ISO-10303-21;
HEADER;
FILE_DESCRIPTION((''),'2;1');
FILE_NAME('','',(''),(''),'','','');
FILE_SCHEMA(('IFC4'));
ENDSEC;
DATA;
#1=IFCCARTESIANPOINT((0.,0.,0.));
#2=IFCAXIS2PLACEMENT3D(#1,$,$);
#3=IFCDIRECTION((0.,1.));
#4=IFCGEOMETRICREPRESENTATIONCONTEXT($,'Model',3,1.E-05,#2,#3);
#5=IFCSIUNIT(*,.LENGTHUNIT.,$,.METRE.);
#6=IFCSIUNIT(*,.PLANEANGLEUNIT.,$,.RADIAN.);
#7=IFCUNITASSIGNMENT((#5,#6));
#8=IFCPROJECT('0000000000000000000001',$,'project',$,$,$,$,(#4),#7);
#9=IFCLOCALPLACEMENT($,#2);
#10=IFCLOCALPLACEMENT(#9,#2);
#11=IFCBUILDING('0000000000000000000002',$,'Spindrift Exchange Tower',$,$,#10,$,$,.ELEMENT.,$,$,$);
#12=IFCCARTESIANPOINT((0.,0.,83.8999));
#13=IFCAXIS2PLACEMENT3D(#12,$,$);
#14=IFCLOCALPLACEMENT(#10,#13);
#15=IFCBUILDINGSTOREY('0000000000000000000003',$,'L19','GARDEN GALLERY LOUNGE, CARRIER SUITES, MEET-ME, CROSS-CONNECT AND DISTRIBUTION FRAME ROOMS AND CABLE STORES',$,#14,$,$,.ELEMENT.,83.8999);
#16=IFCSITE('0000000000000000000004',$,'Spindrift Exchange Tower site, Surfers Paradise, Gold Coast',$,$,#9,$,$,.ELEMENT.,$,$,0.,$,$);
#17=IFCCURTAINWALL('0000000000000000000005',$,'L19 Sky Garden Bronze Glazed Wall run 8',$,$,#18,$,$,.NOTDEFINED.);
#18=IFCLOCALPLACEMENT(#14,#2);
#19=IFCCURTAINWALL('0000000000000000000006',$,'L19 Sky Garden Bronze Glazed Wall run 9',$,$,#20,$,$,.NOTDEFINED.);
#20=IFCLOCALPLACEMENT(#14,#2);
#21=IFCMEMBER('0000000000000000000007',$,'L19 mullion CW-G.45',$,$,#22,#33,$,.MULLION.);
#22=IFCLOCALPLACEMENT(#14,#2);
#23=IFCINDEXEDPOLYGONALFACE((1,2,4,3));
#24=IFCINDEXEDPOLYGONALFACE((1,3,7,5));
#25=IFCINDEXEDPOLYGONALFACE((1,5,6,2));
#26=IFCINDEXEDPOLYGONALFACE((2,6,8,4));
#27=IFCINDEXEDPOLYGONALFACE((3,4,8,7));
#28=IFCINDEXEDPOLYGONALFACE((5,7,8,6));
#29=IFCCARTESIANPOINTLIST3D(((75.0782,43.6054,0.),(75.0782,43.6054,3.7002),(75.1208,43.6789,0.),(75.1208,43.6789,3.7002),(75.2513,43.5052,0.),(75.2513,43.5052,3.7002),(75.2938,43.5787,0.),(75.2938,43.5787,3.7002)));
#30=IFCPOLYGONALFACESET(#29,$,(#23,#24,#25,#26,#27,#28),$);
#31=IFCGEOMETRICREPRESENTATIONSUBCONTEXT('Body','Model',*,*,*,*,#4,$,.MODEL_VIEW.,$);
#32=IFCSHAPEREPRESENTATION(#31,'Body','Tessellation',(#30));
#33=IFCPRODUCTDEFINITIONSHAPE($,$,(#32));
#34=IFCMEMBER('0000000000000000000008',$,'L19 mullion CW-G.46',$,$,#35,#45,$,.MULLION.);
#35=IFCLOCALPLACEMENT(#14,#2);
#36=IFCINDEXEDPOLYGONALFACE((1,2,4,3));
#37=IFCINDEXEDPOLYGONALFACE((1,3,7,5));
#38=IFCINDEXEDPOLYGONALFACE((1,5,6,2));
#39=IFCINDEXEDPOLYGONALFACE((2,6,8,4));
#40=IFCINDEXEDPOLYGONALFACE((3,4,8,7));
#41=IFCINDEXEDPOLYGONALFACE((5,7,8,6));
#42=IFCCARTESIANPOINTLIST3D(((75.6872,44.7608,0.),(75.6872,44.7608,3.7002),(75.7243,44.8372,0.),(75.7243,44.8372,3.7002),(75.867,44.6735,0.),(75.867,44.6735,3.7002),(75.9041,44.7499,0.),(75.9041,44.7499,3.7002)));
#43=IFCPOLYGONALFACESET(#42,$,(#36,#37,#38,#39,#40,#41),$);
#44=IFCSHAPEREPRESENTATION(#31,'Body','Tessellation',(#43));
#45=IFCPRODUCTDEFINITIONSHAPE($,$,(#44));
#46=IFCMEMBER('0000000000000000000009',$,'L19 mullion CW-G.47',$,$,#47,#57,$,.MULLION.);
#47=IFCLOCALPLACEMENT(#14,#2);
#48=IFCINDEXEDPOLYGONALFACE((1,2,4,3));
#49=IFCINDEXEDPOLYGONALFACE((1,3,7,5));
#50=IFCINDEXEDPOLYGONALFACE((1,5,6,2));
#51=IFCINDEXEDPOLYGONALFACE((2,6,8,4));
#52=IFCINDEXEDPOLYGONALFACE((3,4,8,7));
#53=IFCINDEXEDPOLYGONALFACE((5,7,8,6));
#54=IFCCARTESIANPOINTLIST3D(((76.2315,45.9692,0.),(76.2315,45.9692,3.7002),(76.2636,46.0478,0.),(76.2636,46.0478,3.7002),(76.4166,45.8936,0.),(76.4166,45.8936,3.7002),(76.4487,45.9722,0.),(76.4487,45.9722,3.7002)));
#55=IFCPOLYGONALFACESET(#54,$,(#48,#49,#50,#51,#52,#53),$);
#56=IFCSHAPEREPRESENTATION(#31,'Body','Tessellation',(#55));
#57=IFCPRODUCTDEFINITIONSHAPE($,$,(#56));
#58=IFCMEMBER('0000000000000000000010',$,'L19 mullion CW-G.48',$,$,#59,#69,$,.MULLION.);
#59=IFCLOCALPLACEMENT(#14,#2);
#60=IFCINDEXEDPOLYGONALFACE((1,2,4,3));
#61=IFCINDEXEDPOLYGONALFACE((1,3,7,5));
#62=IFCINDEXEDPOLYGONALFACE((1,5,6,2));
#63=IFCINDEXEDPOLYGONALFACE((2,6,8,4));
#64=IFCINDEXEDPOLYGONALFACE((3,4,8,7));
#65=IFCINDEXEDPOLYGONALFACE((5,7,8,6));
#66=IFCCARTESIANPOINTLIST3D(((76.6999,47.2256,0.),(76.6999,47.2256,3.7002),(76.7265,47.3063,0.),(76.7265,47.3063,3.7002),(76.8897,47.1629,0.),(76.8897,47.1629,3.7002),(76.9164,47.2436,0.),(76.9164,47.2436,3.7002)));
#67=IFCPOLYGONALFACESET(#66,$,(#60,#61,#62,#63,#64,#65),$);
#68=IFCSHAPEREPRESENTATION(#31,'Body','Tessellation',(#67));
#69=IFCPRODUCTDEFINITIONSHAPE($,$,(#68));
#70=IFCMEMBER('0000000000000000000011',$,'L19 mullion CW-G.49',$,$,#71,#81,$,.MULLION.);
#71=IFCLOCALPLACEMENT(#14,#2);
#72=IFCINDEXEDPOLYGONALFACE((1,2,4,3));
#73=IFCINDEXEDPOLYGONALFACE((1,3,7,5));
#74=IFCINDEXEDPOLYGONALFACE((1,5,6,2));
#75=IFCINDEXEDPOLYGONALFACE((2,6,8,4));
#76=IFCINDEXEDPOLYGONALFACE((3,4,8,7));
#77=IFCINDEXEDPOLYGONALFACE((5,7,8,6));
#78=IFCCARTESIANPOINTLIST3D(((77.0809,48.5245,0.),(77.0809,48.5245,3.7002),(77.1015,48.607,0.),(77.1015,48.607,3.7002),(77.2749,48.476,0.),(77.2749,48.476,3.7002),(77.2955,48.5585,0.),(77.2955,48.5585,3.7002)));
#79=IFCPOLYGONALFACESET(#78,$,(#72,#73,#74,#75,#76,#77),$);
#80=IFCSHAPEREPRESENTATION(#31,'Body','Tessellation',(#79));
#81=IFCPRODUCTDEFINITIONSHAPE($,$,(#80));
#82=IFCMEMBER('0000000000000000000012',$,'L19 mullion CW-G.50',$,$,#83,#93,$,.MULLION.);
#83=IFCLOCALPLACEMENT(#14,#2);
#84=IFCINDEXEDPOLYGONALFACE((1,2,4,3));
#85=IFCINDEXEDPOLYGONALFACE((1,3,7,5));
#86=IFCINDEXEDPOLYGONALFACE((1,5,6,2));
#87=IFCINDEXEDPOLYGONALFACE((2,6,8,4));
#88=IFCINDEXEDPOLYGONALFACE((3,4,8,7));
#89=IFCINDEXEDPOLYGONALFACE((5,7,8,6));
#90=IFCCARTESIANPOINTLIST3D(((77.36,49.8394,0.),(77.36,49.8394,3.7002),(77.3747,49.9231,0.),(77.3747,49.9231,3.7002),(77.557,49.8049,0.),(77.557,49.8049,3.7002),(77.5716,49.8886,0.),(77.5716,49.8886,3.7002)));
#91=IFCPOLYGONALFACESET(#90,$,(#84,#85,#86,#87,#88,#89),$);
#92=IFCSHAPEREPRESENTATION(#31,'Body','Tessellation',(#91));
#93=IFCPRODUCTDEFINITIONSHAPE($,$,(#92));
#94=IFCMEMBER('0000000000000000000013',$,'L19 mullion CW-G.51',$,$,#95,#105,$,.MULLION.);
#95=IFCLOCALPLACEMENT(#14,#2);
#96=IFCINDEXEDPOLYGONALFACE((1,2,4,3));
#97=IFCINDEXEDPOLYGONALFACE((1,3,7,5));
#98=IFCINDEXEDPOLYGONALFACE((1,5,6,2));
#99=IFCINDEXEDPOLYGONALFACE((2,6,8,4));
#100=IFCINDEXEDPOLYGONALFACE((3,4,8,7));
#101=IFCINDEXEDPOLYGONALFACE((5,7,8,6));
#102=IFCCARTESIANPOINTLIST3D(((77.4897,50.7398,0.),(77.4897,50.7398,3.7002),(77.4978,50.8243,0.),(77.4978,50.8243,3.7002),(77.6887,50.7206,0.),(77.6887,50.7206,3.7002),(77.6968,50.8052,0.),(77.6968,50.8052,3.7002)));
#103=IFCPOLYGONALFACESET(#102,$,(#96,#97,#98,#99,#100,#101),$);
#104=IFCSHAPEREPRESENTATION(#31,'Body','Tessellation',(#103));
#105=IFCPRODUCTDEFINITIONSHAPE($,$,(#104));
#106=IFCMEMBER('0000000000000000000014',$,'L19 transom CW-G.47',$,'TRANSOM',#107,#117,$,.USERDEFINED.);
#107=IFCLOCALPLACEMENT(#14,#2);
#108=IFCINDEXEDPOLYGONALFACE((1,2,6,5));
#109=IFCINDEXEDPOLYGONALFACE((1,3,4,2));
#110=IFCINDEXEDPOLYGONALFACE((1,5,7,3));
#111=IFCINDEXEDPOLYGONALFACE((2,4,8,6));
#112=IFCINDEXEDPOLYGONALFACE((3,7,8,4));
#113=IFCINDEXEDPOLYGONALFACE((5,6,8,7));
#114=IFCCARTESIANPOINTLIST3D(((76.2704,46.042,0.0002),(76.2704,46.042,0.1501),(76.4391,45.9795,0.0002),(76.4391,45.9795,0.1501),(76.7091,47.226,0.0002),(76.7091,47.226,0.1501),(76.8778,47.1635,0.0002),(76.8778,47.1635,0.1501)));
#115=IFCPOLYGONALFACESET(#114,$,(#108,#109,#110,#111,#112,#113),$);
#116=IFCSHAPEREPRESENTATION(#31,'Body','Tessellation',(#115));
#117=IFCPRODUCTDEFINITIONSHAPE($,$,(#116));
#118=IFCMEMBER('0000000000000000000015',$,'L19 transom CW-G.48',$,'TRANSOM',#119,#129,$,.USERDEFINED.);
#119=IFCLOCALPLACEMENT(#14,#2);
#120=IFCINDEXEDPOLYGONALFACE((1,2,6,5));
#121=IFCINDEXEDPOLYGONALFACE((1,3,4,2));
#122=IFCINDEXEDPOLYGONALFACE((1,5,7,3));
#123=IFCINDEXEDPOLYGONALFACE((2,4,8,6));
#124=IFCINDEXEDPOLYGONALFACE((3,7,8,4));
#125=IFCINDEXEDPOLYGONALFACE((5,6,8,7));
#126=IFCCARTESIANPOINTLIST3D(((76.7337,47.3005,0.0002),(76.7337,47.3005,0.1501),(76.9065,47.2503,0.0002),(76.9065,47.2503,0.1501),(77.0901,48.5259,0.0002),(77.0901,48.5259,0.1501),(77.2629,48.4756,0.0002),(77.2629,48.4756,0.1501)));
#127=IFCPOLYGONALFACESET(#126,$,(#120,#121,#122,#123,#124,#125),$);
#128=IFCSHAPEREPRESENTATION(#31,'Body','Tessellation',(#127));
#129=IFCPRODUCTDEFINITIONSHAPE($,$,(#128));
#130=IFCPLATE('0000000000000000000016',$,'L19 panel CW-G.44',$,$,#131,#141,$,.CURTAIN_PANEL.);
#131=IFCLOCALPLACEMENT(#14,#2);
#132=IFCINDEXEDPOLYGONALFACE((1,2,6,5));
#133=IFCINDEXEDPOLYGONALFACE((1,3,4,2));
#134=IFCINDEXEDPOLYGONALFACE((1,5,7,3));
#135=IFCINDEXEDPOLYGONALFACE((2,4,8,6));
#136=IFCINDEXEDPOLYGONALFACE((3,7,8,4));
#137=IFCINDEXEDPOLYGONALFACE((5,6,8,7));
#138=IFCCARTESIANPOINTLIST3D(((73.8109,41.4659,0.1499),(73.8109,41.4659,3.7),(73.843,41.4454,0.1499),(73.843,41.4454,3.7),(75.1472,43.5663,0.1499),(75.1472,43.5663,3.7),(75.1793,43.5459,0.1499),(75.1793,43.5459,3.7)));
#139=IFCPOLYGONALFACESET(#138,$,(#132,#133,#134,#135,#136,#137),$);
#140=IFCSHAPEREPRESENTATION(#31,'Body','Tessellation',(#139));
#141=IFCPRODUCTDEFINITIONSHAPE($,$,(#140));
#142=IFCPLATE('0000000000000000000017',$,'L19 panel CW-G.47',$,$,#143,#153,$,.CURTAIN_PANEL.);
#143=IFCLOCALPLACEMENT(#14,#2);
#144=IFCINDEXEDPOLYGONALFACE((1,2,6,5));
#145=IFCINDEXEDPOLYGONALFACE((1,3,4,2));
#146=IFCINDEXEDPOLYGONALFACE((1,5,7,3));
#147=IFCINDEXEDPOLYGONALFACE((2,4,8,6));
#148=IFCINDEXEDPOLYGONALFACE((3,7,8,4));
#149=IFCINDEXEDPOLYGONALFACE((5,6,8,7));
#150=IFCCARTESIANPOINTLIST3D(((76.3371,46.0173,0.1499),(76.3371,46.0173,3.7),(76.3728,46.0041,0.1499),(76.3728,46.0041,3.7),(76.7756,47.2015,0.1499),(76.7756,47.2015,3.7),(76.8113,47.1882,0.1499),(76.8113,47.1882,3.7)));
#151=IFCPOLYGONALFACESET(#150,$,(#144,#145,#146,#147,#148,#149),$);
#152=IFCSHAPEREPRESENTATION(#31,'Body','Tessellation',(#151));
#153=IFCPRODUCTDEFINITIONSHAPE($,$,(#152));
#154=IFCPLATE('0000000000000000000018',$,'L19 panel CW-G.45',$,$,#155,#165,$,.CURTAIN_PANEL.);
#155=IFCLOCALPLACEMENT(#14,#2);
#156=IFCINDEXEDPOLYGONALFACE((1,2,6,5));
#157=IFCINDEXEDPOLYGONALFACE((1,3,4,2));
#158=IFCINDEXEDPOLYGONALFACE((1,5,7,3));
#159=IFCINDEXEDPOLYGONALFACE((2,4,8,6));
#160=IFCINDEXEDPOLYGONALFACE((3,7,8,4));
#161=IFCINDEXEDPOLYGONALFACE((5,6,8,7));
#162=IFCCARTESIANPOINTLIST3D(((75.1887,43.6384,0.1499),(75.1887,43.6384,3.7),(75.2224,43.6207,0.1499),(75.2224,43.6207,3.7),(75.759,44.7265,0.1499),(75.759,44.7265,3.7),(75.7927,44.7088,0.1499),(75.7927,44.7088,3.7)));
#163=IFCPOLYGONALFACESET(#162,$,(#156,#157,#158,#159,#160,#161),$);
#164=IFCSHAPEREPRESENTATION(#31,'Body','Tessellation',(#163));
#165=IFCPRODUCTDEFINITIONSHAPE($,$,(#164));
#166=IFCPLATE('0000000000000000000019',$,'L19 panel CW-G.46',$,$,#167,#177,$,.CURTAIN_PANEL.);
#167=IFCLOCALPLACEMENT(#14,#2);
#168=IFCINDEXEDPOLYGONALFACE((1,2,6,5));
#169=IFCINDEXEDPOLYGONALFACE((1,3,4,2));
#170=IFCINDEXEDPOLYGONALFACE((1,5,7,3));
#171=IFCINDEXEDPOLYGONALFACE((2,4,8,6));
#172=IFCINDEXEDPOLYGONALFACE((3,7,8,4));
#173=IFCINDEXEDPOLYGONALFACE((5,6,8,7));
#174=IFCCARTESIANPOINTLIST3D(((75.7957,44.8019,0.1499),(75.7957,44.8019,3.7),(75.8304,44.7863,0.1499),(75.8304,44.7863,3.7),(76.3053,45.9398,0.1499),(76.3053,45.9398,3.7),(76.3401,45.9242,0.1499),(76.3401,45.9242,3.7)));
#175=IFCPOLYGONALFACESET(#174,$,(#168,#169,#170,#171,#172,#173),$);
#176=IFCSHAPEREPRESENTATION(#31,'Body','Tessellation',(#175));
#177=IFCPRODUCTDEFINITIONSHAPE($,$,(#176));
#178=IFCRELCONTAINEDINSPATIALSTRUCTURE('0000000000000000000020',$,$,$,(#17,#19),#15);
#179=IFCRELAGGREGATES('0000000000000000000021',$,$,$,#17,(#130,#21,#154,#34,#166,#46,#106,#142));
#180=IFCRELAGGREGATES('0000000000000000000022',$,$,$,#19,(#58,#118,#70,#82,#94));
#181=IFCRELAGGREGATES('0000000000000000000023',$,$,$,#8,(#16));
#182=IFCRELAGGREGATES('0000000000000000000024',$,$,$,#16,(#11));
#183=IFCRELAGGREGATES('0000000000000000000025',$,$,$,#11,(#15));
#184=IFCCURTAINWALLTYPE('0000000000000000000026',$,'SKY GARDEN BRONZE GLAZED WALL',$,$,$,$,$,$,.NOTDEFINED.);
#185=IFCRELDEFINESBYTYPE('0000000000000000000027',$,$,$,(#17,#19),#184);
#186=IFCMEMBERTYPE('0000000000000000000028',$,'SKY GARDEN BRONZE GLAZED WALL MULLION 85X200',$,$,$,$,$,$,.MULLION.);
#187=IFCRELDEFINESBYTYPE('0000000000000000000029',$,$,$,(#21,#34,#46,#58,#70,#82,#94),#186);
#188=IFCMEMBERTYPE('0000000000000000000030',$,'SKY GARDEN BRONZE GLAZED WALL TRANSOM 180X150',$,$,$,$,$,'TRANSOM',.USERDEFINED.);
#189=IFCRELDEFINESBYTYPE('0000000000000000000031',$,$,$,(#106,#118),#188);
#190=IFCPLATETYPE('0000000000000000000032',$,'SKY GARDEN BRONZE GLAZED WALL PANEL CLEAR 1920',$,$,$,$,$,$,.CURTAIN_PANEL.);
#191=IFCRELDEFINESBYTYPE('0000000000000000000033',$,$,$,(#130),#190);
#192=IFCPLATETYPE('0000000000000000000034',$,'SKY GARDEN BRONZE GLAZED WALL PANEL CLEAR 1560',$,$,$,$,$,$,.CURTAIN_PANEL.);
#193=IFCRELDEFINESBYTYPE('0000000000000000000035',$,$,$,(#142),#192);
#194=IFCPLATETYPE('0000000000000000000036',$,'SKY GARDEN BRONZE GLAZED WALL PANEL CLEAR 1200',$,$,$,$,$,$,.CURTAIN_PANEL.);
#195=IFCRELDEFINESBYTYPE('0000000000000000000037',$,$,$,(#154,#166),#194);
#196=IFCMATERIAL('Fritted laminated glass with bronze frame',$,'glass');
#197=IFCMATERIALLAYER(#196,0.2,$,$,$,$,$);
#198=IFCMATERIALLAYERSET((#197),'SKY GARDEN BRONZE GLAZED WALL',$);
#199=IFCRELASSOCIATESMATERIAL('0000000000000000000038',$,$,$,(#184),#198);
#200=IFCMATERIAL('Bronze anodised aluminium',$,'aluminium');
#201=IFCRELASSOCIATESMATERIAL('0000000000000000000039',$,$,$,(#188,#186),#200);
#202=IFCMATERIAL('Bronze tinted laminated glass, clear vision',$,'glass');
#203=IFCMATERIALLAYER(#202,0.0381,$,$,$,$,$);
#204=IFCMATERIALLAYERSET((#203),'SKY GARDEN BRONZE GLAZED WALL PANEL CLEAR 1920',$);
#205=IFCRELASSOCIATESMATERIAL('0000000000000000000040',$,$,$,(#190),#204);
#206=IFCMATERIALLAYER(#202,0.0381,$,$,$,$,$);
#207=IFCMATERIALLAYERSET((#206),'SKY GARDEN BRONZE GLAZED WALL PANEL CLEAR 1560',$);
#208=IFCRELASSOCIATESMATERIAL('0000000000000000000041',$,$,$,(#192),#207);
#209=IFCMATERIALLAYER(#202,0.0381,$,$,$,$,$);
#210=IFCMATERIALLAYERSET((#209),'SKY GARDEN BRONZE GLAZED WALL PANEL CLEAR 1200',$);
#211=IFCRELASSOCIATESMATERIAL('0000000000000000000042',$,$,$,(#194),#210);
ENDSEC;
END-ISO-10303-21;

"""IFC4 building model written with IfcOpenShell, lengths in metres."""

from ifc_helpers import new_model, si_unit, direction, frame, origin, origin_2d, place, context, subcontext, project, spatial, rectangle, extrude, source, transform, mapped, material, layer, layer_set, material_profile, profile_set, type_object, element, aggregate, save


model = new_model("IFC4")

# Units and contexts
model_context = context("Model", 3, precision=1e-05, world=origin(), true_north=direction((0.0, 1.0)))
body_context = subcontext(model_context, "Body", "Model", "MODEL_VIEW")
ifc_project = project(units=[si_unit("LENGTHUNIT", "METRE"), si_unit("PLANEANGLEUNIT", "RADIAN")], contexts=[model_context])

# Site, building, storey
site_placement = place(None, origin())
site = spatial("IfcSite", under=ifc_project, at=site_placement, Name="Spindrift Exchange Tower site, Surfers Paradise, Gold Coast", CompositionType="ELEMENT", RefElevation=0.0)
building_placement = place(site_placement, origin())
building = spatial("IfcBuilding", under=site, at=building_placement, Name="Spindrift Exchange Tower", CompositionType="ELEMENT")
storey_placement = place(building_placement, frame((0.0, 0.0, 83.8999)))
storey = spatial("IfcBuildingStorey", under=building, at=storey_placement, Name="L19", Description="GARDEN GALLERY LOUNGE, CARRIER SUITES, MEET-ME, CROSS-CONNECT AND DISTRIBUTION FRAME ROOMS AND CABLE STORES", CompositionType="ELEMENT", Elevation=83.8999)

# Curtain walls
ifc_material_1 = material(Name="Fritted laminated glass with bronze frame", Category="glass")
ifc_layer_1 = layer(ifc_material_1, 0.2)
ifc_layer_set_1 = layer_set([ifc_layer_1], Name="SKY GARDEN BRONZE GLAZED WALL")
curtain_wall_type = type_object("IfcCurtainWallType", Name="SKY GARDEN BRONZE GLAZED WALL", PredefinedType="NOTDEFINED", material=ifc_layer_set_1)
curtain_wall_1_placement = place(storey_placement, origin())
curtain_wall_1 = element("IfcCurtainWall", 1, at=curtain_wall_1_placement, inside=storey, type_object=curtain_wall_type, Name="L19 Sky Garden Bronze Glazed Wall run 8", PredefinedType="NOTDEFINED")
ifc_material_2 = material(Name="Bronze anodised aluminium", Category="aluminium")
ifc_material_profile_1 = material_profile(ifc_material_2, rectangle(XDim=0.1799, YDim=0.1499, at=origin_2d()), Name="SKY GARDEN BRONZE GLAZED WALL TRANSOM 180X150")
ifc_profile_set_1 = profile_set([ifc_material_profile_1], Name="Bronze anodised aluminium")
member_type_1 = type_object("IfcMemberType", Name="SKY GARDEN BRONZE GLAZED WALL TRANSOM 180X150", ElementType="TRANSOM", PredefinedType="USERDEFINED", material=ifc_profile_set_1)
curtain_wall_2_placement = place(storey_placement, origin())
curtain_wall_2 = element("IfcCurtainWall", 2, at=curtain_wall_2_placement, inside=storey, type_object=curtain_wall_type, Name="L19 Sky Garden Bronze Glazed Wall run 9", PredefinedType="NOTDEFINED")

# Members
ifc_material_profile_2 = material_profile(ifc_material_2, rectangle(XDim=0.085, YDim=0.2, at=origin_2d()), Name="SKY GARDEN BRONZE GLAZED WALL MULLION 85X200")
ifc_profile_set_2 = profile_set([ifc_material_profile_2], Name="Bronze anodised aluminium")
member_type_2 = type_object("IfcMemberType", Name="SKY GARDEN BRONZE GLAZED WALL MULLION 85X200", PredefinedType="MULLION", material=ifc_profile_set_2)
shared_shape_1 = source(origin(), body_context, "Body", "SweptSolid", [
    extrude(rectangle(XDim=0.085, YDim=0.2, at=origin_2d()), origin(), (0.0, 0.0, 1.0), 3.7002),
])
member_1_placement = place(storey_placement, frame((75.186, 43.592, 0.0), z_axis=(0.0, 0.0, 1.0), x_axis=(0.500939, 0.865483, 0.0)))
member_1 = element("IfcMember", 3, at=member_1_placement, type_object=member_type_2, Name="L19 mullion CW-G.45", PredefinedType="MULLION", context=body_context, shape_type="MappedRepresentation", body=[
    mapped(shared_shape_1, transform((0.0, 0.0, 0.0), scale=1.0)),
])
member_2_placement = place(storey_placement, frame((75.7957, 44.7554, 0.0), z_axis=(0.0, 0.0, 1.0), x_axis=(0.436694, 0.89961, 0.0)))
member_2 = element("IfcMember", 4, at=member_2_placement, type_object=member_type_2, Name="L19 mullion CW-G.46", PredefinedType="MULLION", context=body_context, shape_type="MappedRepresentation", body=[
    mapped(shared_shape_1, transform((0.0, 0.0, 0.0), scale=1.0)),
])
member_3_placement = place(storey_placement, frame((76.3401, 45.9707, 0.0), z_axis=(0.0, 0.0, 1.0), x_axis=(0.378208, 0.925721, 0.0)))
member_3 = element("IfcMember", 5, at=member_3_placement, type_object=member_type_2, Name="L19 mullion CW-G.47", PredefinedType="MULLION", context=body_context, shape_type="MappedRepresentation", body=[
    mapped(shared_shape_1, transform((0.0, 0.0, 0.0), scale=1.0)),
])
member_4_placement = place(storey_placement, frame((76.8081, 47.2346, 0.0), z_axis=(0.0, 0.0, 1.0), x_axis=(0.3135, 0.949588, 0.0)))
member_4 = element("IfcMember", 6, at=member_4_placement, type_object=member_type_2, Name="L19 mullion CW-G.48", PredefinedType="MULLION", context=body_context, shape_type="MappedRepresentation", body=[
    mapped(shared_shape_1, transform((0.0, 0.0, 0.0), scale=1.0)),
])
member_5_placement = place(storey_placement, frame((77.1882, 48.5415, 0.0), z_axis=(0.0, 0.0, 1.0), x_axis=(0.242541, 0.970141, 0.0)))
member_5 = element("IfcMember", 7, at=member_5_placement, type_object=member_type_2, Name="L19 mullion CW-G.49", PredefinedType="MULLION", context=body_context, shape_type="MappedRepresentation", body=[
    mapped(shared_shape_1, transform((0.0, 0.0, 0.0), scale=1.0)),
])
member_6_placement = place(storey_placement, frame((77.4658, 49.864, 0.0), z_axis=(0.0, 0.0, 1.0), x_axis=(0.172266, 0.98505, 0.0)))
member_6 = element("IfcMember", 8, at=member_6_placement, type_object=member_type_2, Name="L19 mullion CW-G.50", PredefinedType="MULLION", context=body_context, shape_type="MappedRepresentation", body=[
    mapped(shared_shape_1, transform((0.0, 0.0, 0.0), scale=1.0)),
])
member_7_placement = place(storey_placement, frame((77.5933, 50.7725, 0.0), z_axis=(0.0, 0.0, 1.0), x_axis=(0.095808, 0.9954, 0.0)))
member_7 = element("IfcMember", 9, at=member_7_placement, type_object=member_type_2, Name="L19 mullion CW-G.51", PredefinedType="MULLION", context=body_context, shape_type="MappedRepresentation", body=[
    mapped(shared_shape_1, transform((0.0, 0.0, 0.0), scale=1.0)),
])
shared_shape_2 = source(origin(), body_context, "Body", "SweptSolid", [
    extrude(rectangle(XDim=0.1799, YDim=0.1499, at=origin_2d()), origin(), (0.0, 0.0, 1.0), 1.2627),
])
member_8_placement = place(storey_placement, frame((76.3547, 46.0107, 0.0752), z_axis=(0.347434, 0.937704, 0.0), x_axis=(-0.937704, 0.347434, 0.0)))
member_8 = element("IfcMember", 10, at=member_8_placement, type_object=member_type_1, Name="L19 transom CW-G.47", ObjectType="TRANSOM", PredefinedType="USERDEFINED", context=body_context, shape_type="MappedRepresentation", body=[
    mapped(shared_shape_2, transform((0.0, 0.0, 0.0), scale=1.0)),
])
shared_shape_3 = source(origin(), body_context, "Body", "SweptSolid", [
    extrude(rectangle(XDim=0.1799, YDim=0.1499, at=origin_2d()), origin(), (0.0, 0.0, 1.0), 1.2761),
])
member_9_placement = place(storey_placement, frame((76.8201, 47.2754, 0.0752), z_axis=(0.279317, 0.960199, 0.0), x_axis=(-0.960199, 0.279317, 0.0)))
member_9 = element("IfcMember", 11, at=member_9_placement, type_object=member_type_1, Name="L19 transom CW-G.48", ObjectType="TRANSOM", PredefinedType="USERDEFINED", context=body_context, shape_type="MappedRepresentation", body=[
    mapped(shared_shape_3, transform((0.0, 0.0, 0.0), scale=1.0)),
])

# Plates
ifc_material_3 = material(Name="Bronze tinted laminated glass, clear vision", Category="glass")
ifc_layer_2 = layer(ifc_material_3, 0.0381)
ifc_layer_set_2 = layer_set([ifc_layer_2], Name="SKY GARDEN BRONZE GLAZED WALL PANEL CLEAR 1920")
plate_type_1 = type_object("IfcPlateType", Name="SKY GARDEN BRONZE GLAZED WALL PANEL CLEAR 1920", PredefinedType="CURTAIN_PANEL", material=ifc_layer_set_2)
shared_shape_4 = source(origin(), body_context, "Body", "SweptSolid", [
    extrude(rectangle(XDim=2.4895, YDim=0.0381, at=origin_2d()), origin(), (0.0, 0.0, 1.0), 3.55),
])
plate_1_placement = place(storey_placement, frame((74.4951, 42.5059, 0.1499), z_axis=(0.0, 0.0, 1.0), x_axis=(0.53678, 0.843722, 0.0)))
plate_1 = element("IfcPlate", 12, at=plate_1_placement, type_object=plate_type_1, Name="L19 panel CW-G.44", PredefinedType="CURTAIN_PANEL", context=body_context, shape_type="MappedRepresentation", body=[
    mapped(shared_shape_4, transform((0.0, 0.0, 0.0), scale=1.0)),
])
ifc_layer_3 = layer(ifc_material_3, 0.0381)
ifc_layer_set_3 = layer_set([ifc_layer_3], Name="SKY GARDEN BRONZE GLAZED WALL PANEL CLEAR 1560")
plate_type_2 = type_object("IfcPlateType", Name="SKY GARDEN BRONZE GLAZED WALL PANEL CLEAR 1560", PredefinedType="CURTAIN_PANEL", material=ifc_layer_set_3)
shared_shape_5 = source(origin(), body_context, "Body", "SweptSolid", [
    extrude(rectangle(XDim=1.2627, YDim=0.0381, at=origin_2d()), origin(), (0.0, 0.0, 1.0), 3.55),
])
plate_2_placement = place(storey_placement, frame((76.5742, 46.6028, 0.1499), z_axis=(0.0, 0.0, 1.0), x_axis=(0.347242, 0.937776, 0.0)))
plate_2 = element("IfcPlate", 13, at=plate_2_placement, type_object=plate_type_2, Name="L19 panel CW-G.47", PredefinedType="CURTAIN_PANEL", context=body_context, shape_type="MappedRepresentation", body=[
    mapped(shared_shape_5, transform((0.0, 0.0, 0.0), scale=1.0)),
])
ifc_layer_4 = layer(ifc_material_3, 0.0381)
ifc_layer_set_4 = layer_set([ifc_layer_4], Name="SKY GARDEN BRONZE GLAZED WALL PANEL CLEAR 1200")
plate_type_3 = type_object("IfcPlateType", Name="SKY GARDEN BRONZE GLAZED WALL PANEL CLEAR 1200", PredefinedType="CURTAIN_PANEL", material=ifc_layer_set_4)
shared_shape_6 = source(origin(), body_context, "Body", "SweptSolid", [
    extrude(rectangle(XDim=1.2285, YDim=0.0381, at=origin_2d()), origin(), (0.0, 0.0, 1.0), 3.55),
])
plate_3_placement = place(storey_placement, frame((75.4907, 44.1736, 0.1499), z_axis=(0.0, 0.0, 1.0), x_axis=(0.464218, 0.885721, 0.0)))
plate_3 = element("IfcPlate", 14, at=plate_3_placement, type_object=plate_type_3, Name="L19 panel CW-G.45", PredefinedType="CURTAIN_PANEL", context=body_context, shape_type="MappedRepresentation", body=[
    mapped(shared_shape_6, transform((0.0, 0.0, 0.0), scale=1.0)),
])
shared_shape_7 = source(origin(), body_context, "Body", "SweptSolid", [
    extrude(rectangle(XDim=1.2468, YDim=0.0381, at=origin_2d()), origin(), (0.0, 0.0, 1.0), 3.55),
])
plate_4_placement = place(storey_placement, frame((76.0679, 45.363, 0.1499), z_axis=(0.0, 0.0, 1.0), x_axis=(0.408756, 0.912644, 0.0)))
plate_4 = element("IfcPlate", 15, at=plate_4_placement, type_object=plate_type_3, Name="L19 panel CW-G.46", PredefinedType="CURTAIN_PANEL", context=body_context, shape_type="MappedRepresentation", body=[
    mapped(shared_shape_7, transform((0.0, 0.0, 0.0), scale=1.0)),
])
aggregate(curtain_wall_1, [plate_1, member_1, plate_3, member_2, plate_4, member_3, member_8, plate_2])
aggregate(curtain_wall_2, [member_4, member_9, member_5, member_6, member_7])

save(model, "model.ifc")
